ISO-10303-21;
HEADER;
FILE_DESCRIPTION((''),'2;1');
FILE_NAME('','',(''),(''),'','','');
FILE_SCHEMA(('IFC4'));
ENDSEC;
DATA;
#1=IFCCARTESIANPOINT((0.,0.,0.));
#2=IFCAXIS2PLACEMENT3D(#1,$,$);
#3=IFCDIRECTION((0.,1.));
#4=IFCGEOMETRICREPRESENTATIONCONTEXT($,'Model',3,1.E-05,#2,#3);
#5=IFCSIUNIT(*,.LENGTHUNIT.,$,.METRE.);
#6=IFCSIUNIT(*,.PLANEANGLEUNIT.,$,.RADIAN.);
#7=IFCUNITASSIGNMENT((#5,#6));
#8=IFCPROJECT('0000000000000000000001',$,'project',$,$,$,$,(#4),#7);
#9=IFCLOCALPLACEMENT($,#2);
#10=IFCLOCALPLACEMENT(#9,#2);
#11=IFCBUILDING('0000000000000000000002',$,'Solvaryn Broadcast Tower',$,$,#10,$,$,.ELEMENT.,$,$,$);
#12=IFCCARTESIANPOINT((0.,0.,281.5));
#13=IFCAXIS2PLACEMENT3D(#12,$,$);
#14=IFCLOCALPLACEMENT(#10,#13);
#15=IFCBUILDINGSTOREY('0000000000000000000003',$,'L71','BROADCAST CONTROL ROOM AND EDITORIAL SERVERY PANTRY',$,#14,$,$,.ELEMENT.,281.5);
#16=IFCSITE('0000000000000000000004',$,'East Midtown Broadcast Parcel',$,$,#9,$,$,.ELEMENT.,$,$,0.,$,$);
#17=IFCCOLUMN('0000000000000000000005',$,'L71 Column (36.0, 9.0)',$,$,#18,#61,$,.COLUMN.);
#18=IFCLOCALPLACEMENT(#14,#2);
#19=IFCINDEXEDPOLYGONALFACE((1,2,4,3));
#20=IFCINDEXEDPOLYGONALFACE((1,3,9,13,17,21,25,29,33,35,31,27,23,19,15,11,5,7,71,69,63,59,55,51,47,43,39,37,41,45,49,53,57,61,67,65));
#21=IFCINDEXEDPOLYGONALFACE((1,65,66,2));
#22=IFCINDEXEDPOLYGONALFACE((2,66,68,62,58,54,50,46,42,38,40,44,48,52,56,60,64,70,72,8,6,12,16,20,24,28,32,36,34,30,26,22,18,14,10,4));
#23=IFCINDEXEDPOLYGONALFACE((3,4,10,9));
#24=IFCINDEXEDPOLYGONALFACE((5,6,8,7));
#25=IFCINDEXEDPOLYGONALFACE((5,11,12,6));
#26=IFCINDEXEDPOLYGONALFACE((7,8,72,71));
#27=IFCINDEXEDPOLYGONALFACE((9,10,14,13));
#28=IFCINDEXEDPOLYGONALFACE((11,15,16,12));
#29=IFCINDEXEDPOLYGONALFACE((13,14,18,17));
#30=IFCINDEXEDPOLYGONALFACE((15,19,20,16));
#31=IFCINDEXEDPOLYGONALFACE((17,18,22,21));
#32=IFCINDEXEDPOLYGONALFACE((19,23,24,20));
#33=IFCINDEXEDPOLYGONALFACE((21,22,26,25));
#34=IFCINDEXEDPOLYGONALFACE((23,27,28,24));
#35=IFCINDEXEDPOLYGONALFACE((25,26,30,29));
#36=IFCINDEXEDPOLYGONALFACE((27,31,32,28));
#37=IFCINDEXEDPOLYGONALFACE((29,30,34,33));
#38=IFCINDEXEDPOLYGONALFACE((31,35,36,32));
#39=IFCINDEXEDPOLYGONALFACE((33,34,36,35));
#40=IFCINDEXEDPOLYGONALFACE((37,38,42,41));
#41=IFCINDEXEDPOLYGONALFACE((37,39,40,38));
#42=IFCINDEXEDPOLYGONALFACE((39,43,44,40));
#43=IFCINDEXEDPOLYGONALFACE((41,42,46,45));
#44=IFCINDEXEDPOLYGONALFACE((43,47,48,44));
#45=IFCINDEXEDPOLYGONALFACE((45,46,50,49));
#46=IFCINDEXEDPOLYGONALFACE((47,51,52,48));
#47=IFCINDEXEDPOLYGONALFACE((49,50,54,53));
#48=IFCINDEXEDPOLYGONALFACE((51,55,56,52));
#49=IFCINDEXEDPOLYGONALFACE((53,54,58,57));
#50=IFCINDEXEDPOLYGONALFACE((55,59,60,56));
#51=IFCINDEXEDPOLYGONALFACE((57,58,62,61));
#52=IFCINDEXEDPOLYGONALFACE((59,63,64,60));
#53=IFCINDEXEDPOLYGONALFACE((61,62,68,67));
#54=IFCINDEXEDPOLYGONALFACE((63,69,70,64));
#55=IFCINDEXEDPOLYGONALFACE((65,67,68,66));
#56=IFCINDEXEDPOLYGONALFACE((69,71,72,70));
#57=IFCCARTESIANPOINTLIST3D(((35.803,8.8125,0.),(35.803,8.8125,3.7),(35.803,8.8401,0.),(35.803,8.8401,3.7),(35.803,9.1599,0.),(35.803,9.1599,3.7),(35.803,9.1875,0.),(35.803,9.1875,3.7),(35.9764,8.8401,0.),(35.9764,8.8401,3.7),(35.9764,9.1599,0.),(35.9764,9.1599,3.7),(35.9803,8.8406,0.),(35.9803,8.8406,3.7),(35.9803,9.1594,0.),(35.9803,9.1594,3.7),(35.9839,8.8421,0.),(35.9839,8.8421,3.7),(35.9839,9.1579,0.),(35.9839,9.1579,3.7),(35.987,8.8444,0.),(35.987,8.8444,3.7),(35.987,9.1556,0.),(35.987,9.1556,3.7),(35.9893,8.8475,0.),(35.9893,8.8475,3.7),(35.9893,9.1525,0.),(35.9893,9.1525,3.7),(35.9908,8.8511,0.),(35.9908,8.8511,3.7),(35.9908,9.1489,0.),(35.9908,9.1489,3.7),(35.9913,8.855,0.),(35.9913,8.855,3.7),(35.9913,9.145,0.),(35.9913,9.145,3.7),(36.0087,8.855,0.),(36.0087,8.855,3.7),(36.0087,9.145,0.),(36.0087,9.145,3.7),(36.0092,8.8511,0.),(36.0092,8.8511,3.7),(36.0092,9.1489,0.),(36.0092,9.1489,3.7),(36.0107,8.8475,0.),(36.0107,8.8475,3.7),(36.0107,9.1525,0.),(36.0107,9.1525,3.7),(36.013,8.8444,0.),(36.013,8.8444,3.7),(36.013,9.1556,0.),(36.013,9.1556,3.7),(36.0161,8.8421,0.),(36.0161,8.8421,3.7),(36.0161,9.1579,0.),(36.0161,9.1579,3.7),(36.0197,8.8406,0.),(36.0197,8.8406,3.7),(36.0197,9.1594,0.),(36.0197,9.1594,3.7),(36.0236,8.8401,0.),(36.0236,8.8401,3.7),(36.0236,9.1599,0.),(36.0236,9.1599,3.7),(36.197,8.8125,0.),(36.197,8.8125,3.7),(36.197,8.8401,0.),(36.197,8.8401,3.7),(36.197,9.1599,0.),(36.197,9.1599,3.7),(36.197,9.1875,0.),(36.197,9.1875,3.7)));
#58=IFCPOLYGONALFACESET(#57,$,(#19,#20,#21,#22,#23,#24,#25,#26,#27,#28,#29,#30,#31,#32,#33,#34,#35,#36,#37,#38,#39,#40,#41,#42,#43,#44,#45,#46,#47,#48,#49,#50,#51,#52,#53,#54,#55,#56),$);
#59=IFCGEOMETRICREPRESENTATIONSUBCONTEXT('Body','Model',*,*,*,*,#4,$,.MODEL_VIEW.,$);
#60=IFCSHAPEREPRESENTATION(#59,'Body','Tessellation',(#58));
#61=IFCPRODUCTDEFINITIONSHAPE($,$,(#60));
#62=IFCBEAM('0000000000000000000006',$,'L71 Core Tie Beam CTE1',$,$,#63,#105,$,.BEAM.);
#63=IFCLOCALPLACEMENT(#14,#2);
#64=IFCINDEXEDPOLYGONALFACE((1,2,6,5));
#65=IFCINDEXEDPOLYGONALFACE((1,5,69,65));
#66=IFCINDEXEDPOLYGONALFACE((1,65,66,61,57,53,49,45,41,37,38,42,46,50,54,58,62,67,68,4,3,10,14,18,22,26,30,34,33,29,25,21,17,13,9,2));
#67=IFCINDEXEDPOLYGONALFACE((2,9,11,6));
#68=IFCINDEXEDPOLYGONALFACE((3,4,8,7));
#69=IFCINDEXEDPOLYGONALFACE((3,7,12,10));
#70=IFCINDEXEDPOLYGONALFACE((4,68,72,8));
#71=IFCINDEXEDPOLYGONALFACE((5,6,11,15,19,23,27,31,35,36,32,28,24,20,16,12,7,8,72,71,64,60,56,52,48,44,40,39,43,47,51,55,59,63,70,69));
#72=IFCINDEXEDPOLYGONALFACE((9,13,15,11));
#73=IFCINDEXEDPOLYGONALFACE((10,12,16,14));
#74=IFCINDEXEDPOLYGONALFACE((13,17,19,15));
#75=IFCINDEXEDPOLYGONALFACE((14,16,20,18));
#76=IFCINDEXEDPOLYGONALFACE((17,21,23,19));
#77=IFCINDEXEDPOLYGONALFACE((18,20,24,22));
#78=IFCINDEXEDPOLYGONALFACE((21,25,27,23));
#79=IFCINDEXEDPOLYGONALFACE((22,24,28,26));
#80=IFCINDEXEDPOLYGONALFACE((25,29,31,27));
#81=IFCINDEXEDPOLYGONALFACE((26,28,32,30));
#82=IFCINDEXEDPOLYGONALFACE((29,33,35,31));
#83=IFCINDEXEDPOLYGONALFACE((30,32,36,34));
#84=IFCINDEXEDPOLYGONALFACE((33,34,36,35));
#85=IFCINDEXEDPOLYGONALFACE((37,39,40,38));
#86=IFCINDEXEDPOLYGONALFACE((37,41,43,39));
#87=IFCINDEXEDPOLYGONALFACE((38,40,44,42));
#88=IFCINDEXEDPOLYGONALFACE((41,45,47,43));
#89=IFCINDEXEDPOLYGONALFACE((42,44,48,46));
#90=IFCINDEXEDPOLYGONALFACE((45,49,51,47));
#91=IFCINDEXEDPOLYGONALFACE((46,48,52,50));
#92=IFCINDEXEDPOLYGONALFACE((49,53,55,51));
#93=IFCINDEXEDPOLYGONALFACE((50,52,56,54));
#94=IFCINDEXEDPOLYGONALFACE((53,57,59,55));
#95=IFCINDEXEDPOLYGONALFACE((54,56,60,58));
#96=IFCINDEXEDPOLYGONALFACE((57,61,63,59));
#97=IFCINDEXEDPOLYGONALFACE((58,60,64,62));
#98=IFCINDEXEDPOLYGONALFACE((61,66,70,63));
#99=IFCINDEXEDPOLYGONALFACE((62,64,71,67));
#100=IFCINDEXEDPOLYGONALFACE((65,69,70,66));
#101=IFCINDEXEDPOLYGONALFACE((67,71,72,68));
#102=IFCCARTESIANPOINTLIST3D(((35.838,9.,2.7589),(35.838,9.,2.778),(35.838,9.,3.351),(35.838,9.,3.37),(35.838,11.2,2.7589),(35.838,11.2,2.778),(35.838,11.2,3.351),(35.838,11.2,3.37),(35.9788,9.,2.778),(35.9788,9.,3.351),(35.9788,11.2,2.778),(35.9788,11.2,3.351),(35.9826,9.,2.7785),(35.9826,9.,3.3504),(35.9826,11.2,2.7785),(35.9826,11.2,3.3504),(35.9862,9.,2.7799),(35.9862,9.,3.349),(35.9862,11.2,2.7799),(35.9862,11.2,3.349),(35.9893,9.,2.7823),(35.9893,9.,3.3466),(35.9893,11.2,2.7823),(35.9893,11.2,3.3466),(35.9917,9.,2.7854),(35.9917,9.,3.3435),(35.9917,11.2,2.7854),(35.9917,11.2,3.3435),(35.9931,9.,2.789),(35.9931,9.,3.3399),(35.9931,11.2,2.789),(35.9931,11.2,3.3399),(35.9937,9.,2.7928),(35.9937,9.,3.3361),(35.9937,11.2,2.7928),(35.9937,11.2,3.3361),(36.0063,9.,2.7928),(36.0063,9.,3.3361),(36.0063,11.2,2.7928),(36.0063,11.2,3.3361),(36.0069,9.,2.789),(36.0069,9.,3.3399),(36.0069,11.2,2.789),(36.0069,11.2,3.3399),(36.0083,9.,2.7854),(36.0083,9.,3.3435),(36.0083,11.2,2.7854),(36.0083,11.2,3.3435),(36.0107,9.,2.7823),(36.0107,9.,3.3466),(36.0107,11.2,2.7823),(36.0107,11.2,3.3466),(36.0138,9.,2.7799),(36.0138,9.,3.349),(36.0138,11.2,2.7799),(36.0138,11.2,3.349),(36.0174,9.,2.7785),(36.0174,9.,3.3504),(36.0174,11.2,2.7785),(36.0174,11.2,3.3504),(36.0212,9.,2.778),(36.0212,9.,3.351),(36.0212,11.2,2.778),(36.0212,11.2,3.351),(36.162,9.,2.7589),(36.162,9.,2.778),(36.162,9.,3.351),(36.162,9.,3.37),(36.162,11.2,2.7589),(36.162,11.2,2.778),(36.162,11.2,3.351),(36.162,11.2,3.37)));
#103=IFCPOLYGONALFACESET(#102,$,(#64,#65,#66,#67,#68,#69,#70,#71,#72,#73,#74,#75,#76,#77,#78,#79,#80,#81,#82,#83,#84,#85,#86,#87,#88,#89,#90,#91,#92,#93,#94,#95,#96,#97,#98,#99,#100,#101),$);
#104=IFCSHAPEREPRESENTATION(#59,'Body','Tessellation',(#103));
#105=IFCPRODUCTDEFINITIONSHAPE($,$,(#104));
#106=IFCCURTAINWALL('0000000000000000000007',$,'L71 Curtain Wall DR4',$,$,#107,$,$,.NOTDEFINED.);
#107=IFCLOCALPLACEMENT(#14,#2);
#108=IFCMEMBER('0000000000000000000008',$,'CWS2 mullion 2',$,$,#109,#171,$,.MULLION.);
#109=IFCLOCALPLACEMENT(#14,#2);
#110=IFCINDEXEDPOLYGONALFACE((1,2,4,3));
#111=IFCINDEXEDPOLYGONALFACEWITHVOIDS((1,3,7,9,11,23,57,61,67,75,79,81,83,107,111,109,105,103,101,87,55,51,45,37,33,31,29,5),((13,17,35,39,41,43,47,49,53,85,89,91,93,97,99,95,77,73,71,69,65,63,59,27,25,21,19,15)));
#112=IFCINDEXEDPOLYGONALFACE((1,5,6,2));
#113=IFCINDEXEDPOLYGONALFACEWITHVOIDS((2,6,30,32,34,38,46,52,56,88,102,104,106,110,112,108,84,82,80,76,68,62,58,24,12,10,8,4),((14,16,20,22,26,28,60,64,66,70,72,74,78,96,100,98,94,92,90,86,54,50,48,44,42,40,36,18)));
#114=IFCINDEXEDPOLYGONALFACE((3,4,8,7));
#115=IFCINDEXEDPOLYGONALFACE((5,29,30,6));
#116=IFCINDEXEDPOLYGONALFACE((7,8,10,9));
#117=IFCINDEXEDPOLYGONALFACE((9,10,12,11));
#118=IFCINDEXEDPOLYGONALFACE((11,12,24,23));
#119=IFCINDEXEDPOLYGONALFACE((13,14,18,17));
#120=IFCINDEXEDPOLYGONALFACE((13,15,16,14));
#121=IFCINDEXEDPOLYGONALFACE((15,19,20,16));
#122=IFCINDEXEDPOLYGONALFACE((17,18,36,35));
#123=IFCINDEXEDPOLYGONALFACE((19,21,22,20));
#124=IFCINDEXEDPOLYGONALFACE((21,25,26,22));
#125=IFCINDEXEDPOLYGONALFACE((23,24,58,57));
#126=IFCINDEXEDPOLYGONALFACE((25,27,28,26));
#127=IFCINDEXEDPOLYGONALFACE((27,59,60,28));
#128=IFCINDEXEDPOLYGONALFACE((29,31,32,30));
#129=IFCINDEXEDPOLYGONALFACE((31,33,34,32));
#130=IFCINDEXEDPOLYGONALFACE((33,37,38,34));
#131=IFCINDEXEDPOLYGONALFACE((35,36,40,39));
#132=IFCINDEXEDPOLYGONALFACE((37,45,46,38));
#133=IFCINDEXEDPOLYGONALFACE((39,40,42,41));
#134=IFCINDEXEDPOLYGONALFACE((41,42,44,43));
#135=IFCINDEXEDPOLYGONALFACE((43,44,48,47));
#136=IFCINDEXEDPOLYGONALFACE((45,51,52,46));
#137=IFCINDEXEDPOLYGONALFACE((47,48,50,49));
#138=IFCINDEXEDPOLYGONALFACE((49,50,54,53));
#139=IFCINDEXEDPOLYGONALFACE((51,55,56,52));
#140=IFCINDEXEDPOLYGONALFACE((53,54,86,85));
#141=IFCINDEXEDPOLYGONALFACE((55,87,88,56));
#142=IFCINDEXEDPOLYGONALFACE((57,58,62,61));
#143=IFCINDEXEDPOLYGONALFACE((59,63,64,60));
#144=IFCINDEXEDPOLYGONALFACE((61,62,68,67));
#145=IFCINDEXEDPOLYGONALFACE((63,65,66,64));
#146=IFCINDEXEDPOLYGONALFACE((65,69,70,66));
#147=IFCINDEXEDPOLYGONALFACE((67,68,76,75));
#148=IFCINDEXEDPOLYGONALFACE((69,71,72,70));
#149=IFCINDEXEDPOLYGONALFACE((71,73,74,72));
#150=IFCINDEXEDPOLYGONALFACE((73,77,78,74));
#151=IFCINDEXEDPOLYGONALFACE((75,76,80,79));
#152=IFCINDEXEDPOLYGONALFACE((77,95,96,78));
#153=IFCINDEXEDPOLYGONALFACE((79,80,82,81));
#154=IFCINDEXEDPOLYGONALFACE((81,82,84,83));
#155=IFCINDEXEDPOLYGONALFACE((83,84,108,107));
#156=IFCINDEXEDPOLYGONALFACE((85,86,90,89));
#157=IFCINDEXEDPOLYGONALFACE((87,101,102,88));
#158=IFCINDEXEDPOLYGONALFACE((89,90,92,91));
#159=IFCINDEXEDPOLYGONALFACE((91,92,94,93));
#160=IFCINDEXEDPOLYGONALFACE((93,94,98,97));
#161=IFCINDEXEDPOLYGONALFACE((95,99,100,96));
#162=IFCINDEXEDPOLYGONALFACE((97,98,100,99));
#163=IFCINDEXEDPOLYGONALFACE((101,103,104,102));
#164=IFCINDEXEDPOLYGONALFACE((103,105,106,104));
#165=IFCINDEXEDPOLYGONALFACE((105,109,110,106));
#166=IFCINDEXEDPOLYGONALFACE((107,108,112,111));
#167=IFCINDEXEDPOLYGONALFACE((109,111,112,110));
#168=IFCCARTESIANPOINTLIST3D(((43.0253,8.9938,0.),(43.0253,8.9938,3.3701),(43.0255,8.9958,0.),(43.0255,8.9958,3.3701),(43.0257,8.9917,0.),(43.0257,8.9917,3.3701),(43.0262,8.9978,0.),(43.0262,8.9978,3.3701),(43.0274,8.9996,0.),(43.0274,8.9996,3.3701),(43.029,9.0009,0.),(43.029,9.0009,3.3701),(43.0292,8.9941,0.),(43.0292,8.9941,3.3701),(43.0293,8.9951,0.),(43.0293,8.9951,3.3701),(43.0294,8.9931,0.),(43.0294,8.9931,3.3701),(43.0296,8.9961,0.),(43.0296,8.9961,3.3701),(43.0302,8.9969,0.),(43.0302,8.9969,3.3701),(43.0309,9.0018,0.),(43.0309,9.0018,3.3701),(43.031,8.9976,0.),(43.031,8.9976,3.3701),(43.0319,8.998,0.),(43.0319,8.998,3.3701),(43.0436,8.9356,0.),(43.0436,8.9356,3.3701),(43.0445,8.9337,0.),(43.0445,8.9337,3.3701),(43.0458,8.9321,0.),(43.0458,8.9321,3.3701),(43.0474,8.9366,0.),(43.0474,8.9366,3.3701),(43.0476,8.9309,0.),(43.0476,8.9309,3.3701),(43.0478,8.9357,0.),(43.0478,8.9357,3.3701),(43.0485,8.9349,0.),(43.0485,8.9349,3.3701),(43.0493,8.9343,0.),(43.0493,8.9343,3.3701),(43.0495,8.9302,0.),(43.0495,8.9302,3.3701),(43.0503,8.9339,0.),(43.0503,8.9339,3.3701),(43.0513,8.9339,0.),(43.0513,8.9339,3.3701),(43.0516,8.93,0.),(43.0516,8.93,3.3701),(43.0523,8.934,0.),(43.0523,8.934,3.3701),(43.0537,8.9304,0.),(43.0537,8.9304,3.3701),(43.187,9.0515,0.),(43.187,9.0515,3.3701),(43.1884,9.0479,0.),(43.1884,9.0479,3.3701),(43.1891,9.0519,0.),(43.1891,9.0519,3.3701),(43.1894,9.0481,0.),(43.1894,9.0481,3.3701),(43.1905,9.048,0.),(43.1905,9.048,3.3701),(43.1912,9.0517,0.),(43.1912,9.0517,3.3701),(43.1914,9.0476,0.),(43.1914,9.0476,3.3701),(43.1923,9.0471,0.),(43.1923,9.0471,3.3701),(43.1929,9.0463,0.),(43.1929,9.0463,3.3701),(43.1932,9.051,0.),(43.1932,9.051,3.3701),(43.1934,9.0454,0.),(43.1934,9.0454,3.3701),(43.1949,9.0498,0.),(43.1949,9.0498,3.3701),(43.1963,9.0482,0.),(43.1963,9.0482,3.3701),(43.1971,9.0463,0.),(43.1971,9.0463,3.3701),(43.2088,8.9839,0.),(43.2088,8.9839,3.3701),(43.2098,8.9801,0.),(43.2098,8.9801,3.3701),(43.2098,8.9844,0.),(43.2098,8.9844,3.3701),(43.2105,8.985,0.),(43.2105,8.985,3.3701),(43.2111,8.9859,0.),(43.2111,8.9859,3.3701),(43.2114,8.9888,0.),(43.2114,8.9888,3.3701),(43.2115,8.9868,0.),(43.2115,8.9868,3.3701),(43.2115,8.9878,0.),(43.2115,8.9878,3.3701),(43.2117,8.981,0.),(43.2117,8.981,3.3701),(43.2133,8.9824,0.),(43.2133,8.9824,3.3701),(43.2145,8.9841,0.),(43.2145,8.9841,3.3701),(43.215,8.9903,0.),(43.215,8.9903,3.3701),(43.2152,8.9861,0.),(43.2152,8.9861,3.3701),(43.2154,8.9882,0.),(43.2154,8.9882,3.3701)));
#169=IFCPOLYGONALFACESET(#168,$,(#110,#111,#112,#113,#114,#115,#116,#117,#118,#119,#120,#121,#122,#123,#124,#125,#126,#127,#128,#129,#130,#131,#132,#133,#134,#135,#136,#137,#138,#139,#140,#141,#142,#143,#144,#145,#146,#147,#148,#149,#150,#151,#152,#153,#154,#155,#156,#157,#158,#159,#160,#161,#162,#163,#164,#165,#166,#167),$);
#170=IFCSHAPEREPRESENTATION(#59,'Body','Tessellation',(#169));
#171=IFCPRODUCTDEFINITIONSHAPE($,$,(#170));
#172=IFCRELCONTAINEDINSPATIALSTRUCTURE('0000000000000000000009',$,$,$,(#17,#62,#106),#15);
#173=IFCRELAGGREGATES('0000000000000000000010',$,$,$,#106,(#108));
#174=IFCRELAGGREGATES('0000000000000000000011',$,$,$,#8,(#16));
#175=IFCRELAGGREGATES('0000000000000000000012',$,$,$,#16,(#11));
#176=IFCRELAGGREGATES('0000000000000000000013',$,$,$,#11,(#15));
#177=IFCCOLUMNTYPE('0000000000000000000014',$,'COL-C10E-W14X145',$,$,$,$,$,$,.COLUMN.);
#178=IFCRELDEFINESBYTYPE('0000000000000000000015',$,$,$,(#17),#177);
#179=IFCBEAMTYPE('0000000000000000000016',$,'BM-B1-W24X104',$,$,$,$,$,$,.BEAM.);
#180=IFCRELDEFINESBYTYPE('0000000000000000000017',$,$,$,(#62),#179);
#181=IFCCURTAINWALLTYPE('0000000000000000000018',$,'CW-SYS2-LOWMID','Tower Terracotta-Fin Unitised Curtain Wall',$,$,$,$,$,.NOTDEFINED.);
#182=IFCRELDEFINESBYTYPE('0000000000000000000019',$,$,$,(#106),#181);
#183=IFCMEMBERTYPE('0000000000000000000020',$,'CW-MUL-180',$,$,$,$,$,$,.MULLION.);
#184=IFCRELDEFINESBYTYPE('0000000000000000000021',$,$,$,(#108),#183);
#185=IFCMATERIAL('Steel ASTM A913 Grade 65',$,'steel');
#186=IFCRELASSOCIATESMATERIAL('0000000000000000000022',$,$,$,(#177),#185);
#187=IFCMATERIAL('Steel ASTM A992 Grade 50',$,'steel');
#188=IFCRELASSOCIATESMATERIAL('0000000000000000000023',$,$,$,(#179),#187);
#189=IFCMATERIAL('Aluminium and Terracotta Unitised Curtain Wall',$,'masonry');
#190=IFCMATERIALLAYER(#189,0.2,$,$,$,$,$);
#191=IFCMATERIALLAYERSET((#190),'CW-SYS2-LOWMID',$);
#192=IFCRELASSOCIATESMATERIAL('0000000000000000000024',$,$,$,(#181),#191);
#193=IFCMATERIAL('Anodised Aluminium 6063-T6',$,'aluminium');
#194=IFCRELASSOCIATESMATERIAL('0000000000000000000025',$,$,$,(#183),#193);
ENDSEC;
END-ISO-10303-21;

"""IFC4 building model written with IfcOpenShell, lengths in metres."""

from ifc_helpers import new_model, si_unit, direction, frame, origin, origin_2d, place, context, subcontext, project, spatial, hollow_rectangle, i_section, extrude, material, layer, layer_set, material_profile, profile_set, type_object, element, aggregate, save


model = new_model("IFC4")

# Units and contexts
model_context = context("Model", 3, precision=1e-05, world=origin(), true_north=direction((0.0, 1.0)))
body_context = subcontext(model_context, "Body", "Model", "MODEL_VIEW")
ifc_project = project(units=[si_unit("LENGTHUNIT", "METRE"), si_unit("PLANEANGLEUNIT", "RADIAN")], contexts=[model_context])

# Site, building, storey
site_placement = place(None, origin())
site = spatial("IfcSite", under=ifc_project, at=site_placement, Name="East Midtown Broadcast Parcel", CompositionType="ELEMENT", RefElevation=0.0)
building_placement = place(site_placement, origin())
building = spatial("IfcBuilding", under=site, at=building_placement, Name="Solvaryn Broadcast Tower", CompositionType="ELEMENT")
storey_placement = place(building_placement, frame((0.0, 0.0, 281.5)))
storey = spatial("IfcBuildingStorey", under=building, at=storey_placement, Name="L71", Description="BROADCAST CONTROL ROOM AND EDITORIAL SERVERY PANTRY", CompositionType="ELEMENT", Elevation=281.5)

# Column
ifc_material_1 = material(Name="Steel ASTM A913 Grade 65", Category="steel")
ifc_material_profile_1 = material_profile(ifc_material_1, i_section(OverallWidth=0.394, OverallDepth=0.375, WebThickness=0.0173, FlangeThickness=0.0276, FilletRadius=0.0149, at=origin_2d()))
ifc_profile_set_1 = profile_set([ifc_material_profile_1], Name="Steel ASTM A913 Grade 65")
column_type = type_object("IfcColumnType", Name="COL-C10E-W14X145", PredefinedType="COLUMN", material=ifc_profile_set_1)
column_placement = place(storey_placement, frame((36.0, 9.0, 0.0), z_axis=(0.0, 0.0, 1.0), x_axis=(1.0, 0.0, 0.0)))
element("IfcColumn", 1, at=column_placement, inside=storey, type_object=column_type, Name="L71 Column (36.0, 9.0)", PredefinedType="COLUMN", context=body_context, shape_type="SweptSolid", body=[
    extrude(i_section(OverallWidth=0.394, OverallDepth=0.375, WebThickness=0.0173, FlangeThickness=0.0276, FilletRadius=0.0149, at=origin_2d()), origin(), (0.0, 0.0, 1.0), 3.7),
])

# Beam
ifc_material_2 = material(Name="Steel ASTM A992 Grade 50", Category="steel")
ifc_material_profile_2 = material_profile(ifc_material_2, i_section(OverallWidth=0.324, OverallDepth=0.6111, WebThickness=0.0127, FlangeThickness=0.019, FilletRadius=0.0149, at=origin_2d()))
ifc_profile_set_2 = profile_set([ifc_material_profile_2], Name="Steel ASTM A992 Grade 50")
beam_type = type_object("IfcBeamType", Name="BM-B1-W24X104", PredefinedType="BEAM", material=ifc_profile_set_2)
beam_placement = place(storey_placement, frame((36.0, 9.0, 3.0645), z_axis=(0.0, 1.0, 0.0), x_axis=(-1.0, 0.0, 0.0)))
element("IfcBeam", 2, at=beam_placement, inside=storey, type_object=beam_type, Name="L71 Core Tie Beam CTE1", PredefinedType="BEAM", context=body_context, shape_type="SweptSolid", body=[
    extrude(i_section(OverallWidth=0.324, OverallDepth=0.6111, WebThickness=0.0127, FlangeThickness=0.019, FilletRadius=0.0149, at=origin_2d()), origin(), (0.0, 0.0, 1.0), 2.2),
])

# Curtain wall, member
ifc_material_3 = material(Name="Aluminium and Terracotta Unitised Curtain Wall", Category="masonry")
ifc_layer_1 = layer(ifc_material_3, 0.2)
ifc_layer_set_1 = layer_set([ifc_layer_1], Name="CW-SYS2-LOWMID")
curtain_wall_type = type_object("IfcCurtainWallType", Name="CW-SYS2-LOWMID", Description="Tower Terracotta-Fin Unitised Curtain Wall", PredefinedType="NOTDEFINED", material=ifc_layer_set_1)
curtain_wall_1_placement = place(storey_placement, origin())
curtain_wall_1 = element("IfcCurtainWall", 3, at=curtain_wall_1_placement, inside=storey, type_object=curtain_wall_type, Name="L71 Curtain Wall DR4", PredefinedType="NOTDEFINED")
ifc_material_4 = material(Name="Anodised Aluminium 6063-T6", Category="aluminium")
ifc_material_profile_3 = material_profile(ifc_material_4, hollow_rectangle(XDim=0.075, YDim=0.1799, WallThickness=0.0039, InnerFilletRadius=0.0039, OuterFilletRadius=0.0081, at=origin_2d()))
ifc_profile_set_3 = profile_set([ifc_material_profile_3], Name="Anodised Aluminium 6063-T6")
member_type_1 = type_object("IfcMemberType", Name="CW-MUL-180", PredefinedType="MULLION", material=ifc_profile_set_3)
member_1_placement = place(storey_placement, frame((43.1204, 8.991, 0.0), z_axis=(0.0, 0.0, 1.0), x_axis=(-0.303616, 0.952795, 0.0)))
member_1 = element("IfcMember", 4, at=member_1_placement, type_object=member_type_1, Name="CWS2 mullion 2", PredefinedType="MULLION", context=body_context, shape_type="SweptSolid", body=[
    extrude(hollow_rectangle(XDim=0.075, YDim=0.1799, WallThickness=0.0039, InnerFilletRadius=0.0039, OuterFilletRadius=0.0081, at=origin_2d()), origin(), (0.0, 0.0, 1.0), 3.3701),
])

aggregate(curtain_wall_1, [member_1])

save(model, "model.ifc")
